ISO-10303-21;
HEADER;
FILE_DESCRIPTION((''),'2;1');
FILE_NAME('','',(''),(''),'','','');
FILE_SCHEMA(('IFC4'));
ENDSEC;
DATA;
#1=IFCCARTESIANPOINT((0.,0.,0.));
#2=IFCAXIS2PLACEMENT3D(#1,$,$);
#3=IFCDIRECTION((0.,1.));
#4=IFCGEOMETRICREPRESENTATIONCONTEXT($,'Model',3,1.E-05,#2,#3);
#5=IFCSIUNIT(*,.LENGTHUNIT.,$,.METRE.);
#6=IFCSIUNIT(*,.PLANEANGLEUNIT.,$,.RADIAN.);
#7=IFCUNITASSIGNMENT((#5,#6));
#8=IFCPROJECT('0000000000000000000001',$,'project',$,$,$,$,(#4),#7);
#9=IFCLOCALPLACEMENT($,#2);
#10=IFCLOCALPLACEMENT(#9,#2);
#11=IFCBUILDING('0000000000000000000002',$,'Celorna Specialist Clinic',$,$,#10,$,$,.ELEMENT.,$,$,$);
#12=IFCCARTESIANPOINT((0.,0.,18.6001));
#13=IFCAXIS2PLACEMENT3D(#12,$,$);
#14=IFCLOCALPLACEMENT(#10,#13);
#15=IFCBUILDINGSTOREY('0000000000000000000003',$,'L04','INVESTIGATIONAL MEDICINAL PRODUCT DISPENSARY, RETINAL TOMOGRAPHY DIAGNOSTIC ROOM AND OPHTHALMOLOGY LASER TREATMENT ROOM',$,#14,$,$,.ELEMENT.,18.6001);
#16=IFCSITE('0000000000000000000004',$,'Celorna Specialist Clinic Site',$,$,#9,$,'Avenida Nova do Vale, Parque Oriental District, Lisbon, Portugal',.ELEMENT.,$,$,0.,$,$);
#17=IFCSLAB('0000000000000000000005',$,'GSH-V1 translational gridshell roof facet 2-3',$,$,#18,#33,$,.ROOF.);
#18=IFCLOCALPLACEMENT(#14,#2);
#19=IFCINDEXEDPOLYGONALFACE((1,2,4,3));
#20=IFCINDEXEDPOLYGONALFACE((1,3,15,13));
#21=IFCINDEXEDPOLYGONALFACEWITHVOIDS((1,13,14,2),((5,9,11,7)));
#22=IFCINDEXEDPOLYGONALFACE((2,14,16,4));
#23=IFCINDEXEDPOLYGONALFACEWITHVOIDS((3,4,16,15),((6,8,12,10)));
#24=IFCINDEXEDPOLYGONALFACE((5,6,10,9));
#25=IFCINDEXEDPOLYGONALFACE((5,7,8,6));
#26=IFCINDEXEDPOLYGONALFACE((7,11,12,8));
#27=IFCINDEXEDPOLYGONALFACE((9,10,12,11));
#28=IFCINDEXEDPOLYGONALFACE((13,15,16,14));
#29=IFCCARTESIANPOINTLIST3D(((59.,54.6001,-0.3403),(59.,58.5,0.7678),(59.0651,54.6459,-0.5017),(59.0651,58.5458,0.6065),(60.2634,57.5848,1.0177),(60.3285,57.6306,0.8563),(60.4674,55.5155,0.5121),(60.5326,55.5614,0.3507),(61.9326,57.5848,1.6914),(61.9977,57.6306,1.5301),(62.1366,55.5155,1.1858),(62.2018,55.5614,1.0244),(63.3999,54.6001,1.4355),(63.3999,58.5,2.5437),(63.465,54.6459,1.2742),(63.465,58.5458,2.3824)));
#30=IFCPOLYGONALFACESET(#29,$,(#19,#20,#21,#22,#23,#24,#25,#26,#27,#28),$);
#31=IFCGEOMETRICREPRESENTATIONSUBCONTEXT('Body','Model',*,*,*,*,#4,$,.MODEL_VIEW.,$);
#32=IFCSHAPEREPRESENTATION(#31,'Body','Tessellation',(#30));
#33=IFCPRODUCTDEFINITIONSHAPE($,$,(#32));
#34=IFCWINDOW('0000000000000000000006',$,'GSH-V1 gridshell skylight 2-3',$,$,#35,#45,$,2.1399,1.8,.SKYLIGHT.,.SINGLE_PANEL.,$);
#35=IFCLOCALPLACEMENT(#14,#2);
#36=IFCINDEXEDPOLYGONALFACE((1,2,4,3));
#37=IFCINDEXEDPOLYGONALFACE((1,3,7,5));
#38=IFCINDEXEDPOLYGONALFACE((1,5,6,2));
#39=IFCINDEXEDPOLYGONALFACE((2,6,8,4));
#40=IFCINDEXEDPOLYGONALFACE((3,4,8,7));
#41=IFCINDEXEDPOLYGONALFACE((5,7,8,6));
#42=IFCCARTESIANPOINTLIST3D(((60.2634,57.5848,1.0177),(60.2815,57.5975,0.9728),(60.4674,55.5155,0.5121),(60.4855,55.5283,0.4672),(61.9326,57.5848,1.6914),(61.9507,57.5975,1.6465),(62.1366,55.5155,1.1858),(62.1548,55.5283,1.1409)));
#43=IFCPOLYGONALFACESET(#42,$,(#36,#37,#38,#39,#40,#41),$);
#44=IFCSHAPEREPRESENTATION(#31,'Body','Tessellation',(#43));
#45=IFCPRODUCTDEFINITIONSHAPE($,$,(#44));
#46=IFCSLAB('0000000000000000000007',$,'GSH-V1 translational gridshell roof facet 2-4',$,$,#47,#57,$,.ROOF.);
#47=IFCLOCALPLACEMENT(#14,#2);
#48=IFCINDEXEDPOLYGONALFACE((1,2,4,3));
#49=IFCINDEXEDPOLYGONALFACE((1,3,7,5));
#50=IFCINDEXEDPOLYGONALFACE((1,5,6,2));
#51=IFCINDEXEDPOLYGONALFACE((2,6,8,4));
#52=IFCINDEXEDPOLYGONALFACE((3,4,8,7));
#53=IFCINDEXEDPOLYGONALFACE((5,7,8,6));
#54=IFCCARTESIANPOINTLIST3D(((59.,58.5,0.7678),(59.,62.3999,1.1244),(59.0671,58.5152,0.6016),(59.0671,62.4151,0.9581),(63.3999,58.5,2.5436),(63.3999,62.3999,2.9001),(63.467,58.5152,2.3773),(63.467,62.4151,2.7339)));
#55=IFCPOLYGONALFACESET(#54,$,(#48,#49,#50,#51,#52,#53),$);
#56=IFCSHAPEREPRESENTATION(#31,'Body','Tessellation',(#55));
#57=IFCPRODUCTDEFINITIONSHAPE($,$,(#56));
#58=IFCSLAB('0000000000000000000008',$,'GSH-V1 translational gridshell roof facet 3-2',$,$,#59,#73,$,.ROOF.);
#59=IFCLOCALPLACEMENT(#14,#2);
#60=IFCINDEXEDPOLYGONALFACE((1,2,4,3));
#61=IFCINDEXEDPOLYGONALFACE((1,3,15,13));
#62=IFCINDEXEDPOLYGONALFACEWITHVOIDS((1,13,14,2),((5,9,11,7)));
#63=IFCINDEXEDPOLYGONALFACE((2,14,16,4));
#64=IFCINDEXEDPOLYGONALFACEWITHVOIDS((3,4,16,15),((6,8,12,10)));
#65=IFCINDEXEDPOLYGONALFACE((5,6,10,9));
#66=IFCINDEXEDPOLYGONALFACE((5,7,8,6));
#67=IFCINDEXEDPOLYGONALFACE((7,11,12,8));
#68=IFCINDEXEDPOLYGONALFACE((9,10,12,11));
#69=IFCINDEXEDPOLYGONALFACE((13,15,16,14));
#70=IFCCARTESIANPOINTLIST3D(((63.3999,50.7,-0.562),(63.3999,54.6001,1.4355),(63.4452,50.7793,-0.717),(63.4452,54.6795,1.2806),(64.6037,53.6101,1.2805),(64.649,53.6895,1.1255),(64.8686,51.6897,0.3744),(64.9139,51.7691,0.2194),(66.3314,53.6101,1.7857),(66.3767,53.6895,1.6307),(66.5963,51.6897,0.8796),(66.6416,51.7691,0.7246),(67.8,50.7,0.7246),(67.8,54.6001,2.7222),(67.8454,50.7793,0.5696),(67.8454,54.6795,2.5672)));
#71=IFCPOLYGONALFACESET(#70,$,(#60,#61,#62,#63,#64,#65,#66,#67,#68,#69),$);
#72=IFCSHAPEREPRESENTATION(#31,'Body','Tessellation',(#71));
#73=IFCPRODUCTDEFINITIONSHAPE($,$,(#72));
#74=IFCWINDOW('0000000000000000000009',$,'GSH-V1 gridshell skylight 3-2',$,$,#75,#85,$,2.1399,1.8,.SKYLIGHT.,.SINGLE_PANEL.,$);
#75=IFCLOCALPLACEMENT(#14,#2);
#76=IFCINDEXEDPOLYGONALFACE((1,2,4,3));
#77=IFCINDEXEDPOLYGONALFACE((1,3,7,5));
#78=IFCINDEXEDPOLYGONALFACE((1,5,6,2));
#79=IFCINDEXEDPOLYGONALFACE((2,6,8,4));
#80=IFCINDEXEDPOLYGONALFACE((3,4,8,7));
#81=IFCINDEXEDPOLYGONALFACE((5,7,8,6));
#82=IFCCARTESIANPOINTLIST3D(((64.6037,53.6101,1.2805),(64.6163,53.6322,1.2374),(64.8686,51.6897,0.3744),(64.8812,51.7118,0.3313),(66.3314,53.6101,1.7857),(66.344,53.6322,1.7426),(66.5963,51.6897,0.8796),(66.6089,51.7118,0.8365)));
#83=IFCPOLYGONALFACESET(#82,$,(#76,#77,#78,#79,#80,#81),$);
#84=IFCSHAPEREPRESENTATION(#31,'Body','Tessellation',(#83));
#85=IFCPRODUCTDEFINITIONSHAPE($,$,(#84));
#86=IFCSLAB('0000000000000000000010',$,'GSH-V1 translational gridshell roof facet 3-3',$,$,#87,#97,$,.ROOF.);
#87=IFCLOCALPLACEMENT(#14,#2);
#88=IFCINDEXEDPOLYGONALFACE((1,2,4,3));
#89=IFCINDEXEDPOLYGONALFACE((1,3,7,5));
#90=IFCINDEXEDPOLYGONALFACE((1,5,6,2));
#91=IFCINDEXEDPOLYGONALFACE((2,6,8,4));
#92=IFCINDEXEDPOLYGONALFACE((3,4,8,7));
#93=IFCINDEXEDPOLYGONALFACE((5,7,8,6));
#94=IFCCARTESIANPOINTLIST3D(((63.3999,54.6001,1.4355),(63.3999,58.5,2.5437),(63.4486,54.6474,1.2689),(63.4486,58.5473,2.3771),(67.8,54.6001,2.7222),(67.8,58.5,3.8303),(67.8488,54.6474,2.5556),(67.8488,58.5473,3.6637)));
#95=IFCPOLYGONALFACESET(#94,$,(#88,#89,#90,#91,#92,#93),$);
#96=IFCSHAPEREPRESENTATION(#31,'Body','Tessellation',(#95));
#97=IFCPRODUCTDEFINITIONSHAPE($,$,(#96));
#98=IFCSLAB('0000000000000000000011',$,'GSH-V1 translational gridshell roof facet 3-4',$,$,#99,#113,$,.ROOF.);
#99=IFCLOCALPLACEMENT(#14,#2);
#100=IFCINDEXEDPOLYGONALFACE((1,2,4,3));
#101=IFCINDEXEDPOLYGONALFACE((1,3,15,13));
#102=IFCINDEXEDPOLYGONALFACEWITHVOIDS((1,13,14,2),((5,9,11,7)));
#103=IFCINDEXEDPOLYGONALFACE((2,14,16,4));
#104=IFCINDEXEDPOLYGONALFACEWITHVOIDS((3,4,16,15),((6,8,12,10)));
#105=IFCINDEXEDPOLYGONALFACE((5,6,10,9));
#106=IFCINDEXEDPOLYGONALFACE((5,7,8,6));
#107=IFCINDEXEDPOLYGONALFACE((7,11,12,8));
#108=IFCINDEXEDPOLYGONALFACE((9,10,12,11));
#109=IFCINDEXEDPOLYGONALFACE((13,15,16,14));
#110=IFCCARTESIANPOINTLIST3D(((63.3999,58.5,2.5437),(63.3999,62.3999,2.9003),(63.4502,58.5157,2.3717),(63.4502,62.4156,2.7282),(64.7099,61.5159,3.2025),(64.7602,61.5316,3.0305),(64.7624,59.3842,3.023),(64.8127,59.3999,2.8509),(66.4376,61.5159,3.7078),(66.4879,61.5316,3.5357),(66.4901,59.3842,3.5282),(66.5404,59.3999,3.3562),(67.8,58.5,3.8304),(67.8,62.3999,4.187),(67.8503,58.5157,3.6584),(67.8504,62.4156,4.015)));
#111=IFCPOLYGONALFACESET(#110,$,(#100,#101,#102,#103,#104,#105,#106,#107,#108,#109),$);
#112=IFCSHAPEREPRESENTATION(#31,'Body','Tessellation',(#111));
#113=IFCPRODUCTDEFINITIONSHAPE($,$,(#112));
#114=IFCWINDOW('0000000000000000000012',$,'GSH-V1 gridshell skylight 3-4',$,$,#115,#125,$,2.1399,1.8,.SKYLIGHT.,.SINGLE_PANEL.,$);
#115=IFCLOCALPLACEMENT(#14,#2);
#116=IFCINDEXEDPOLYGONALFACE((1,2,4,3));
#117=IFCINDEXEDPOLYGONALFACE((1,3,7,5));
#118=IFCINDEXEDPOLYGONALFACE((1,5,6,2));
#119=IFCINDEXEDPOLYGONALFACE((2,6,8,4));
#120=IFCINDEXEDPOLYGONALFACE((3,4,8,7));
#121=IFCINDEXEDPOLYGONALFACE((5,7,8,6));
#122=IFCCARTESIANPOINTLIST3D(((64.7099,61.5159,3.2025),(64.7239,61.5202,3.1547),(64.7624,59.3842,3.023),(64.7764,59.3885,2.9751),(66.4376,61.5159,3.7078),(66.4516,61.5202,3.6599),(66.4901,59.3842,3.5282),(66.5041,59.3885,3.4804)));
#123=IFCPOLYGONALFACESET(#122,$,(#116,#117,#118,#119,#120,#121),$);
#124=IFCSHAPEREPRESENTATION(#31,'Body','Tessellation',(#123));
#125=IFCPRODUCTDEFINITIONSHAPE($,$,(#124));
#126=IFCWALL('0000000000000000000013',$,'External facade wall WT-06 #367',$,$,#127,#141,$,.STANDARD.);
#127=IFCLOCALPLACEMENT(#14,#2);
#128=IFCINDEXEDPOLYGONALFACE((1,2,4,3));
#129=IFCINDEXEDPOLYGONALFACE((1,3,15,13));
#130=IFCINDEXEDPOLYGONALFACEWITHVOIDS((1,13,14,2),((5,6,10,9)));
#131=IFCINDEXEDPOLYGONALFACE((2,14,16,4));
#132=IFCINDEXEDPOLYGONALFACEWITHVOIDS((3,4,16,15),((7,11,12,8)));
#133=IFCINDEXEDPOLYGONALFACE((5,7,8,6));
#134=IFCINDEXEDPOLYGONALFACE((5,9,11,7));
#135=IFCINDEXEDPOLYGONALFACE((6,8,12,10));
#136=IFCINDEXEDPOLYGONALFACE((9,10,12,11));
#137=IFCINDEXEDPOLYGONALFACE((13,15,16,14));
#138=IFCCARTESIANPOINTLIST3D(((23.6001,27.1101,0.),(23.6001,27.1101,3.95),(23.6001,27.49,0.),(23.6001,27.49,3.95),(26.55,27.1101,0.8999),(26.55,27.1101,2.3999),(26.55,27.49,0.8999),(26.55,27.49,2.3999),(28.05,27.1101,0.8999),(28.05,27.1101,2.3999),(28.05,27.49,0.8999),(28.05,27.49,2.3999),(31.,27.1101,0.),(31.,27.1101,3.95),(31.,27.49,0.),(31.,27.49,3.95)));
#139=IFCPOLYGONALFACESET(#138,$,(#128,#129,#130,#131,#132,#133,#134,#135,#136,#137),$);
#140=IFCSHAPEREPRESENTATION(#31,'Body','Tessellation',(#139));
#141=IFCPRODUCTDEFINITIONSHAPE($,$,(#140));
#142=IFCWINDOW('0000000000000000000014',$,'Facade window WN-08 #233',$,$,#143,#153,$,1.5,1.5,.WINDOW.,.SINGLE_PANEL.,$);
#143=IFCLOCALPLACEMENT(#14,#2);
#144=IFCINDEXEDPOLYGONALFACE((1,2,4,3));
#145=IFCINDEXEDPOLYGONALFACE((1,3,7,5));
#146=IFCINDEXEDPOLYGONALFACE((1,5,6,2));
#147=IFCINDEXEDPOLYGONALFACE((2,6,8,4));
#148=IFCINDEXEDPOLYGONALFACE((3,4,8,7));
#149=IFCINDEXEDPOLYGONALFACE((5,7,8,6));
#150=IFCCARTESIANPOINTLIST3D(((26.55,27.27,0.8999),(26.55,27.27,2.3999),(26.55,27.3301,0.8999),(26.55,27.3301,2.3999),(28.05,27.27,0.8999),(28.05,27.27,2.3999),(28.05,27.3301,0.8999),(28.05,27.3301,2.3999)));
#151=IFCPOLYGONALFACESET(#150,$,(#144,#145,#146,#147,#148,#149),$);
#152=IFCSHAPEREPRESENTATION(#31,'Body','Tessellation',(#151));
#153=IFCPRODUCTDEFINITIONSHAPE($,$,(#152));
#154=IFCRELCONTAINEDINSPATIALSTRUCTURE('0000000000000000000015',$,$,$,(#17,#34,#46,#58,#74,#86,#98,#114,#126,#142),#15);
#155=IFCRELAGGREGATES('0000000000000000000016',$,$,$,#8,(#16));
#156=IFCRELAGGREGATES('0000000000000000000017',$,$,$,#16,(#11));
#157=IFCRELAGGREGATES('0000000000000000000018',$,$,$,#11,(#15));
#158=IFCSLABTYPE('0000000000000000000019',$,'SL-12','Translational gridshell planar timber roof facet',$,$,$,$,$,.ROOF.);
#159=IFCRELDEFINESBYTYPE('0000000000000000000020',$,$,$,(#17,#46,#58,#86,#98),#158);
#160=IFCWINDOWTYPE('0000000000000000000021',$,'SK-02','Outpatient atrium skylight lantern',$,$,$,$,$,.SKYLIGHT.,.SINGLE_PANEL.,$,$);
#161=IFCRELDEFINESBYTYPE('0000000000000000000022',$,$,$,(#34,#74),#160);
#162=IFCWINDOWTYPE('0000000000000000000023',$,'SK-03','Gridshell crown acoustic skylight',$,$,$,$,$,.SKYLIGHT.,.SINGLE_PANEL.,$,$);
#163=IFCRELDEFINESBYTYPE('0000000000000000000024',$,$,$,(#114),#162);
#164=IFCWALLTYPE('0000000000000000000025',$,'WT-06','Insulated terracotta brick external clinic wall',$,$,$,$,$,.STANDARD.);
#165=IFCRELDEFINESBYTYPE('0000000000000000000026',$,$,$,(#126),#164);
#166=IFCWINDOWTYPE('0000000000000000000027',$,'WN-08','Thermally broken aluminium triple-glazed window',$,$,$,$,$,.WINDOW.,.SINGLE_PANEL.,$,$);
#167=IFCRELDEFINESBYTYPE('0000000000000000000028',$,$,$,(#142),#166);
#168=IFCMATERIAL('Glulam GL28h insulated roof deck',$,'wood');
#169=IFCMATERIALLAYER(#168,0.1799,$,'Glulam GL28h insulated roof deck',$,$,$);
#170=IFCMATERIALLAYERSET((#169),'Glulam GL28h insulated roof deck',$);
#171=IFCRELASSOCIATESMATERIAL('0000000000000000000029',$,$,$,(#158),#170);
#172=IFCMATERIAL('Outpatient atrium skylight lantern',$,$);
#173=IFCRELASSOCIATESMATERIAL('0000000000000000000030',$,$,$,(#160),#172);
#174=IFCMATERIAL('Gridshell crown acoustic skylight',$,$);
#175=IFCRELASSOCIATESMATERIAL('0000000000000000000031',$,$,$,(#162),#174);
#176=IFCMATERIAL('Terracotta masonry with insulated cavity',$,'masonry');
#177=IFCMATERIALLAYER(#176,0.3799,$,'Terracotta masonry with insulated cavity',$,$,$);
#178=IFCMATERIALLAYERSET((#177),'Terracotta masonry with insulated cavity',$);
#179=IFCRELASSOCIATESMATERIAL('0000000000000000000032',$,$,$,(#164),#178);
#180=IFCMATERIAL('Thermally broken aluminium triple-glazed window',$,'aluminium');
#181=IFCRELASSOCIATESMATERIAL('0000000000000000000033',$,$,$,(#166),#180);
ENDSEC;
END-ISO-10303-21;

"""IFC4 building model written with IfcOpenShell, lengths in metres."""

from ifc_helpers import new_model, si_unit, direction, frame, frame_2d, origin, origin_2d, place, context, subcontext, project, spatial, polyline, rectangle, outline, extrude, material, layer, layer_set, type_object, element, fill, save


model = new_model("IFC4")

# Units and contexts
model_context = context("Model", 3, precision=1e-05, world=origin(), true_north=direction((0.0, 1.0)))
body_context = subcontext(model_context, "Body", "Model", "MODEL_VIEW")
ifc_project = project(units=[si_unit("LENGTHUNIT", "METRE"), si_unit("PLANEANGLEUNIT", "RADIAN")], contexts=[model_context])

# Site, building, storey
site_placement = place(None, origin())
site = spatial("IfcSite", under=ifc_project, at=site_placement, Name="Celorna Specialist Clinic Site", LongName="Avenida Nova do Vale, Parque Oriental District, Lisbon, Portugal", CompositionType="ELEMENT", RefElevation=0.0)
building_placement = place(site_placement, origin())
building = spatial("IfcBuilding", under=site, at=building_placement, Name="Celorna Specialist Clinic", CompositionType="ELEMENT")
storey_placement = place(building_placement, frame((0.0, 0.0, 18.6001)))
storey = spatial("IfcBuildingStorey", under=building, at=storey_placement, Name="L04", Description="INVESTIGATIONAL MEDICINAL PRODUCT DISPENSARY, RETINAL TOMOGRAPHY DIAGNOSTIC ROOM AND OPHTHALMOLOGY LASER TREATMENT ROOM", CompositionType="ELEMENT", Elevation=18.6001)

# Slab, opening, window
ifc_material_1 = material(Name="Glulam GL28h insulated roof deck", Category="wood")
ifc_layer_1 = layer(ifc_material_1, 0.1799, Name="Glulam GL28h insulated roof deck")
ifc_layer_set_1 = layer_set([ifc_layer_1], Name="Glulam GL28h insulated roof deck")
slab_type = type_object("IfcSlabType", Name="SL-12", Description="Translational gridshell planar timber roof facet", PredefinedType="ROOF", material=ifc_layer_set_1)
slab_1_placement = place(storey_placement, frame((59.0, 54.6001, -0.3403), z_axis=(-0.361927, -0.254799, 0.896708), x_axis=(0.927315, 0.0, 0.374281)))
slab_1 = element("IfcSlab", 1, at=slab_1_placement, inside=storey, type_object=slab_type, Name="GSH-V1 translational gridshell roof facet 2-3", PredefinedType="ROOF", context=body_context, shape_type="SweptSolid", body=[
    extrude(outline(polyline([(0.0, 0.0), (4.7448, 0.0), (5.1595, 4.033), (0.4148, 4.033), (0.0, 0.0)])), origin(), (0.0, 0.0, -1.0), 0.1799),
])
opening_1_placement = place(slab_1_placement, frame((2.5798, 2.0166, 0.01)))
opening_1 = element("IfcOpeningElement", 2, at=opening_1_placement, cuts=slab_1, PredefinedType="OPENING", context=body_context, shape_type="SweptSolid", body=[
    extrude(rectangle(XDim=1.8, YDim=2.1399, at=origin_2d()), origin(), (0.0, 0.0, -1.0), 0.2),
])
ifc_material_2 = material(Name="Outpatient atrium skylight lantern")
window_type_1 = type_object("IfcWindowType", Name="SK-02", Description="Outpatient atrium skylight lantern", PartitioningType="SINGLE_PANEL", PredefinedType="SKYLIGHT", material=ifc_material_2)
window_1_placement = place(opening_1_placement, frame((0.0, 0.0, -0.01)))
window_1 = element("IfcWindow", 3, at=window_1_placement, inside=storey, type_object=window_type_1, Name="GSH-V1 gridshell skylight 2-3", OverallHeight=2.1399, OverallWidth=1.8, PartitioningType="SINGLE_PANEL", PredefinedType="SKYLIGHT", context=body_context, shape_type="SweptSolid", body=[
    extrude(rectangle(XDim=1.8, YDim=2.1399, at=origin_2d()), origin(), (0.0, 0.0, -1.0), 0.05),
])
fill(opening_1, window_1)

# Slab
slab_2_placement = place(storey_placement, frame((59.0, 58.5, 0.7678), z_axis=(-0.372921, -0.084482, 0.924009), x_axis=(0.927324, 0.000002, 0.374259)))
element("IfcSlab", 4, at=slab_2_placement, inside=storey, type_object=slab_type, Name="GSH-V1 translational gridshell roof facet 2-4", PredefinedType="ROOF", context=body_context, shape_type="SweptSolid", body=[
    extrude(outline(polyline([(0.0, 0.0), (4.7448, 0.0), (4.8782, 3.9139), (0.1335, 3.9139), (0.0, 0.0)])), origin(), (0.0, 0.0, -1.0), 0.1799),
])

# Slab, opening, window
slab_3_placement = place(storey_placement, frame((63.3999, 50.7, -0.562), z_axis=(-0.251865, -0.441166, 0.861358), x_axis=(0.95981, 0.0, 0.280652)))
slab_3 = element("IfcSlab", 5, at=slab_3_placement, inside=storey, type_object=slab_type, Name="GSH-V1 translational gridshell roof facet 3-2", PredefinedType="ROOF", context=body_context, shape_type="SweptSolid", body=[
    extrude(outline(polyline([(0.0, 0.0), (4.5844, 0.0), (5.145, 4.3459), (0.5606, 4.3459), (0.0, 0.0)])), origin(), (0.0, 0.0, -1.0), 0.1799),
])
opening_2_placement = place(slab_3_placement, frame((2.5725, 2.1729, 0.01)))
opening_2 = element("IfcOpeningElement", 6, at=opening_2_placement, cuts=slab_3, PredefinedType="OPENING", context=body_context, shape_type="SweptSolid", body=[
    extrude(rectangle(XDim=1.8, YDim=2.1399, at=origin_2d()), origin(), (0.0, 0.0, -1.0), 0.2),
])
window_2_placement = place(opening_2_placement, frame((0.0, 0.0, -0.01)))
window_2 = element("IfcWindow", 7, at=window_2_placement, inside=storey, type_object=window_type_1, Name="GSH-V1 gridshell skylight 3-2", OverallHeight=2.1399, OverallWidth=1.8, PartitioningType="SINGLE_PANEL", PredefinedType="SKYLIGHT", context=body_context, shape_type="SweptSolid", body=[
    extrude(rectangle(XDim=1.8, YDim=2.1399, at=origin_2d()), origin(), (0.0, 0.0, -1.0), 0.05),
])
fill(opening_2, window_2)

# Slab
slab_4_placement = place(storey_placement, frame((63.3999, 54.6001, 1.4355), z_axis=(-0.270763, -0.263119, 0.925989), x_axis=(0.95981, 0.0, 0.280652)))
element("IfcSlab", 8, at=slab_4_placement, inside=storey, type_object=slab_type, Name="GSH-V1 translational gridshell roof facet 3-3", PredefinedType="ROOF", context=body_context, shape_type="SweptSolid", body=[
    extrude(outline(polyline([(0.0, 0.0), (4.5844, 0.0), (4.8954, 4.0423), (0.311, 4.0423), (0.0, 0.0)])), origin(), (0.0, 0.0, -1.0), 0.1799),
])

# Slab, opening, window
slab_5_placement = place(storey_placement, frame((63.3999, 58.5, 2.5437), z_axis=(-0.279602, -0.087419, 0.956128), x_axis=(0.959802, -0.000002, 0.280677)))
slab_5 = element("IfcSlab", 9, at=slab_5_placement, inside=storey, type_object=slab_type, Name="GSH-V1 translational gridshell roof facet 3-4", PredefinedType="ROOF", context=body_context, shape_type="SweptSolid", body=[
    extrude(outline(polyline([(0.0, 0.0), (4.5844, 0.0), (4.6845, 3.9149), (0.1, 3.9149), (0.0, 0.0)])), origin(), (0.0, 0.0, -1.0), 0.1799),
])
opening_3_placement = place(slab_5_placement, frame((2.3423, 1.9575, 0.01)))
opening_3 = element("IfcOpeningElement", 10, at=opening_3_placement, cuts=slab_5, PredefinedType="OPENING", context=body_context, shape_type="SweptSolid", body=[
    extrude(rectangle(XDim=1.8, YDim=2.1399, at=origin_2d()), origin(), (0.0, 0.0, -1.0), 0.2),
])
ifc_material_3 = material(Name="Gridshell crown acoustic skylight")
window_type_2 = type_object("IfcWindowType", Name="SK-03", Description="Gridshell crown acoustic skylight", PartitioningType="SINGLE_PANEL", PredefinedType="SKYLIGHT", material=ifc_material_3)
window_3_placement = place(opening_3_placement, frame((0.0, 0.0, -0.01)))
window_3 = element("IfcWindow", 11, at=window_3_placement, inside=storey, type_object=window_type_2, Name="GSH-V1 gridshell skylight 3-4", OverallHeight=2.1399, OverallWidth=1.8, PartitioningType="SINGLE_PANEL", PredefinedType="SKYLIGHT", context=body_context, shape_type="SweptSolid", body=[
    extrude(rectangle(XDim=1.8, YDim=2.1399, at=origin_2d()), origin(), (0.0, 0.0, -1.0), 0.05),
])
fill(opening_3, window_3)

# Wall, opening, window
ifc_material_4 = material(Name="Terracotta masonry with insulated cavity", Category="masonry")
ifc_layer_2 = layer(ifc_material_4, 0.3799, Name="Terracotta masonry with insulated cavity")
ifc_layer_set_2 = layer_set([ifc_layer_2], Name="Terracotta masonry with insulated cavity")
wall_type = type_object("IfcWallType", Name="WT-06", Description="Insulated terracotta brick external clinic wall", PredefinedType="STANDARD", material=ifc_layer_set_2)
wall_1_placement = place(storey_placement, frame((23.6001, 27.3, 0.0), z_axis=(0.0, 0.0, 1.0), x_axis=(1.0, 0.0, 0.0)))
wall_1 = element("IfcWall", 12, at=wall_1_placement, inside=storey, type_object=wall_type, Name="External facade wall WT-06 #367", PredefinedType="STANDARD", context=body_context, shape_type="SweptSolid", body=[
    extrude(rectangle(XDim=7.3999, YDim=0.3799, at=frame_2d((3.7, 0.0))), origin(), (0.0, 0.0, 1.0), 3.95),
])
opening_4_placement = place(wall_1_placement, frame((2.95, 0.0, 0.8999)))
opening_4 = element("IfcOpeningElement", 13, at=opening_4_placement, cuts=wall_1, PredefinedType="OPENING", context=body_context, shape_type="SweptSolid", body=[
    extrude(rectangle(XDim=1.5, YDim=1.5, at=frame_2d((0.75, 0.75))), frame((0.0, 0.2, 0.0), z_axis=(0.0, -1.0, 0.0), x_axis=(1.0, 0.0, 0.0)), (0.0, 0.0, 1.0), 0.3999),
])
ifc_material_5 = material(Name="Thermally broken aluminium triple-glazed window", Category="aluminium")
window_type_3 = type_object("IfcWindowType", Name="WN-08", Description="Thermally broken aluminium triple-glazed window", PartitioningType="SINGLE_PANEL", PredefinedType="WINDOW", material=ifc_material_5)
window_4_placement = place(opening_4_placement, origin())
window_4 = element("IfcWindow", 14, at=window_4_placement, inside=storey, type_object=window_type_3, Name="Facade window WN-08 #233", OverallHeight=1.5, OverallWidth=1.5, PartitioningType="SINGLE_PANEL", PredefinedType="WINDOW", context=body_context, shape_type="SweptSolid", body=[
    extrude(rectangle(XDim=1.5, YDim=1.5, at=frame_2d((0.75, 0.75))), frame((0.0, 0.03, 0.0), z_axis=(0.0, -1.0, 0.0), x_axis=(1.0, 0.0, 0.0)), (0.0, 0.0, 1.0), 0.0601),
])
fill(opening_4, window_4)

save(model, "model.ifc")
